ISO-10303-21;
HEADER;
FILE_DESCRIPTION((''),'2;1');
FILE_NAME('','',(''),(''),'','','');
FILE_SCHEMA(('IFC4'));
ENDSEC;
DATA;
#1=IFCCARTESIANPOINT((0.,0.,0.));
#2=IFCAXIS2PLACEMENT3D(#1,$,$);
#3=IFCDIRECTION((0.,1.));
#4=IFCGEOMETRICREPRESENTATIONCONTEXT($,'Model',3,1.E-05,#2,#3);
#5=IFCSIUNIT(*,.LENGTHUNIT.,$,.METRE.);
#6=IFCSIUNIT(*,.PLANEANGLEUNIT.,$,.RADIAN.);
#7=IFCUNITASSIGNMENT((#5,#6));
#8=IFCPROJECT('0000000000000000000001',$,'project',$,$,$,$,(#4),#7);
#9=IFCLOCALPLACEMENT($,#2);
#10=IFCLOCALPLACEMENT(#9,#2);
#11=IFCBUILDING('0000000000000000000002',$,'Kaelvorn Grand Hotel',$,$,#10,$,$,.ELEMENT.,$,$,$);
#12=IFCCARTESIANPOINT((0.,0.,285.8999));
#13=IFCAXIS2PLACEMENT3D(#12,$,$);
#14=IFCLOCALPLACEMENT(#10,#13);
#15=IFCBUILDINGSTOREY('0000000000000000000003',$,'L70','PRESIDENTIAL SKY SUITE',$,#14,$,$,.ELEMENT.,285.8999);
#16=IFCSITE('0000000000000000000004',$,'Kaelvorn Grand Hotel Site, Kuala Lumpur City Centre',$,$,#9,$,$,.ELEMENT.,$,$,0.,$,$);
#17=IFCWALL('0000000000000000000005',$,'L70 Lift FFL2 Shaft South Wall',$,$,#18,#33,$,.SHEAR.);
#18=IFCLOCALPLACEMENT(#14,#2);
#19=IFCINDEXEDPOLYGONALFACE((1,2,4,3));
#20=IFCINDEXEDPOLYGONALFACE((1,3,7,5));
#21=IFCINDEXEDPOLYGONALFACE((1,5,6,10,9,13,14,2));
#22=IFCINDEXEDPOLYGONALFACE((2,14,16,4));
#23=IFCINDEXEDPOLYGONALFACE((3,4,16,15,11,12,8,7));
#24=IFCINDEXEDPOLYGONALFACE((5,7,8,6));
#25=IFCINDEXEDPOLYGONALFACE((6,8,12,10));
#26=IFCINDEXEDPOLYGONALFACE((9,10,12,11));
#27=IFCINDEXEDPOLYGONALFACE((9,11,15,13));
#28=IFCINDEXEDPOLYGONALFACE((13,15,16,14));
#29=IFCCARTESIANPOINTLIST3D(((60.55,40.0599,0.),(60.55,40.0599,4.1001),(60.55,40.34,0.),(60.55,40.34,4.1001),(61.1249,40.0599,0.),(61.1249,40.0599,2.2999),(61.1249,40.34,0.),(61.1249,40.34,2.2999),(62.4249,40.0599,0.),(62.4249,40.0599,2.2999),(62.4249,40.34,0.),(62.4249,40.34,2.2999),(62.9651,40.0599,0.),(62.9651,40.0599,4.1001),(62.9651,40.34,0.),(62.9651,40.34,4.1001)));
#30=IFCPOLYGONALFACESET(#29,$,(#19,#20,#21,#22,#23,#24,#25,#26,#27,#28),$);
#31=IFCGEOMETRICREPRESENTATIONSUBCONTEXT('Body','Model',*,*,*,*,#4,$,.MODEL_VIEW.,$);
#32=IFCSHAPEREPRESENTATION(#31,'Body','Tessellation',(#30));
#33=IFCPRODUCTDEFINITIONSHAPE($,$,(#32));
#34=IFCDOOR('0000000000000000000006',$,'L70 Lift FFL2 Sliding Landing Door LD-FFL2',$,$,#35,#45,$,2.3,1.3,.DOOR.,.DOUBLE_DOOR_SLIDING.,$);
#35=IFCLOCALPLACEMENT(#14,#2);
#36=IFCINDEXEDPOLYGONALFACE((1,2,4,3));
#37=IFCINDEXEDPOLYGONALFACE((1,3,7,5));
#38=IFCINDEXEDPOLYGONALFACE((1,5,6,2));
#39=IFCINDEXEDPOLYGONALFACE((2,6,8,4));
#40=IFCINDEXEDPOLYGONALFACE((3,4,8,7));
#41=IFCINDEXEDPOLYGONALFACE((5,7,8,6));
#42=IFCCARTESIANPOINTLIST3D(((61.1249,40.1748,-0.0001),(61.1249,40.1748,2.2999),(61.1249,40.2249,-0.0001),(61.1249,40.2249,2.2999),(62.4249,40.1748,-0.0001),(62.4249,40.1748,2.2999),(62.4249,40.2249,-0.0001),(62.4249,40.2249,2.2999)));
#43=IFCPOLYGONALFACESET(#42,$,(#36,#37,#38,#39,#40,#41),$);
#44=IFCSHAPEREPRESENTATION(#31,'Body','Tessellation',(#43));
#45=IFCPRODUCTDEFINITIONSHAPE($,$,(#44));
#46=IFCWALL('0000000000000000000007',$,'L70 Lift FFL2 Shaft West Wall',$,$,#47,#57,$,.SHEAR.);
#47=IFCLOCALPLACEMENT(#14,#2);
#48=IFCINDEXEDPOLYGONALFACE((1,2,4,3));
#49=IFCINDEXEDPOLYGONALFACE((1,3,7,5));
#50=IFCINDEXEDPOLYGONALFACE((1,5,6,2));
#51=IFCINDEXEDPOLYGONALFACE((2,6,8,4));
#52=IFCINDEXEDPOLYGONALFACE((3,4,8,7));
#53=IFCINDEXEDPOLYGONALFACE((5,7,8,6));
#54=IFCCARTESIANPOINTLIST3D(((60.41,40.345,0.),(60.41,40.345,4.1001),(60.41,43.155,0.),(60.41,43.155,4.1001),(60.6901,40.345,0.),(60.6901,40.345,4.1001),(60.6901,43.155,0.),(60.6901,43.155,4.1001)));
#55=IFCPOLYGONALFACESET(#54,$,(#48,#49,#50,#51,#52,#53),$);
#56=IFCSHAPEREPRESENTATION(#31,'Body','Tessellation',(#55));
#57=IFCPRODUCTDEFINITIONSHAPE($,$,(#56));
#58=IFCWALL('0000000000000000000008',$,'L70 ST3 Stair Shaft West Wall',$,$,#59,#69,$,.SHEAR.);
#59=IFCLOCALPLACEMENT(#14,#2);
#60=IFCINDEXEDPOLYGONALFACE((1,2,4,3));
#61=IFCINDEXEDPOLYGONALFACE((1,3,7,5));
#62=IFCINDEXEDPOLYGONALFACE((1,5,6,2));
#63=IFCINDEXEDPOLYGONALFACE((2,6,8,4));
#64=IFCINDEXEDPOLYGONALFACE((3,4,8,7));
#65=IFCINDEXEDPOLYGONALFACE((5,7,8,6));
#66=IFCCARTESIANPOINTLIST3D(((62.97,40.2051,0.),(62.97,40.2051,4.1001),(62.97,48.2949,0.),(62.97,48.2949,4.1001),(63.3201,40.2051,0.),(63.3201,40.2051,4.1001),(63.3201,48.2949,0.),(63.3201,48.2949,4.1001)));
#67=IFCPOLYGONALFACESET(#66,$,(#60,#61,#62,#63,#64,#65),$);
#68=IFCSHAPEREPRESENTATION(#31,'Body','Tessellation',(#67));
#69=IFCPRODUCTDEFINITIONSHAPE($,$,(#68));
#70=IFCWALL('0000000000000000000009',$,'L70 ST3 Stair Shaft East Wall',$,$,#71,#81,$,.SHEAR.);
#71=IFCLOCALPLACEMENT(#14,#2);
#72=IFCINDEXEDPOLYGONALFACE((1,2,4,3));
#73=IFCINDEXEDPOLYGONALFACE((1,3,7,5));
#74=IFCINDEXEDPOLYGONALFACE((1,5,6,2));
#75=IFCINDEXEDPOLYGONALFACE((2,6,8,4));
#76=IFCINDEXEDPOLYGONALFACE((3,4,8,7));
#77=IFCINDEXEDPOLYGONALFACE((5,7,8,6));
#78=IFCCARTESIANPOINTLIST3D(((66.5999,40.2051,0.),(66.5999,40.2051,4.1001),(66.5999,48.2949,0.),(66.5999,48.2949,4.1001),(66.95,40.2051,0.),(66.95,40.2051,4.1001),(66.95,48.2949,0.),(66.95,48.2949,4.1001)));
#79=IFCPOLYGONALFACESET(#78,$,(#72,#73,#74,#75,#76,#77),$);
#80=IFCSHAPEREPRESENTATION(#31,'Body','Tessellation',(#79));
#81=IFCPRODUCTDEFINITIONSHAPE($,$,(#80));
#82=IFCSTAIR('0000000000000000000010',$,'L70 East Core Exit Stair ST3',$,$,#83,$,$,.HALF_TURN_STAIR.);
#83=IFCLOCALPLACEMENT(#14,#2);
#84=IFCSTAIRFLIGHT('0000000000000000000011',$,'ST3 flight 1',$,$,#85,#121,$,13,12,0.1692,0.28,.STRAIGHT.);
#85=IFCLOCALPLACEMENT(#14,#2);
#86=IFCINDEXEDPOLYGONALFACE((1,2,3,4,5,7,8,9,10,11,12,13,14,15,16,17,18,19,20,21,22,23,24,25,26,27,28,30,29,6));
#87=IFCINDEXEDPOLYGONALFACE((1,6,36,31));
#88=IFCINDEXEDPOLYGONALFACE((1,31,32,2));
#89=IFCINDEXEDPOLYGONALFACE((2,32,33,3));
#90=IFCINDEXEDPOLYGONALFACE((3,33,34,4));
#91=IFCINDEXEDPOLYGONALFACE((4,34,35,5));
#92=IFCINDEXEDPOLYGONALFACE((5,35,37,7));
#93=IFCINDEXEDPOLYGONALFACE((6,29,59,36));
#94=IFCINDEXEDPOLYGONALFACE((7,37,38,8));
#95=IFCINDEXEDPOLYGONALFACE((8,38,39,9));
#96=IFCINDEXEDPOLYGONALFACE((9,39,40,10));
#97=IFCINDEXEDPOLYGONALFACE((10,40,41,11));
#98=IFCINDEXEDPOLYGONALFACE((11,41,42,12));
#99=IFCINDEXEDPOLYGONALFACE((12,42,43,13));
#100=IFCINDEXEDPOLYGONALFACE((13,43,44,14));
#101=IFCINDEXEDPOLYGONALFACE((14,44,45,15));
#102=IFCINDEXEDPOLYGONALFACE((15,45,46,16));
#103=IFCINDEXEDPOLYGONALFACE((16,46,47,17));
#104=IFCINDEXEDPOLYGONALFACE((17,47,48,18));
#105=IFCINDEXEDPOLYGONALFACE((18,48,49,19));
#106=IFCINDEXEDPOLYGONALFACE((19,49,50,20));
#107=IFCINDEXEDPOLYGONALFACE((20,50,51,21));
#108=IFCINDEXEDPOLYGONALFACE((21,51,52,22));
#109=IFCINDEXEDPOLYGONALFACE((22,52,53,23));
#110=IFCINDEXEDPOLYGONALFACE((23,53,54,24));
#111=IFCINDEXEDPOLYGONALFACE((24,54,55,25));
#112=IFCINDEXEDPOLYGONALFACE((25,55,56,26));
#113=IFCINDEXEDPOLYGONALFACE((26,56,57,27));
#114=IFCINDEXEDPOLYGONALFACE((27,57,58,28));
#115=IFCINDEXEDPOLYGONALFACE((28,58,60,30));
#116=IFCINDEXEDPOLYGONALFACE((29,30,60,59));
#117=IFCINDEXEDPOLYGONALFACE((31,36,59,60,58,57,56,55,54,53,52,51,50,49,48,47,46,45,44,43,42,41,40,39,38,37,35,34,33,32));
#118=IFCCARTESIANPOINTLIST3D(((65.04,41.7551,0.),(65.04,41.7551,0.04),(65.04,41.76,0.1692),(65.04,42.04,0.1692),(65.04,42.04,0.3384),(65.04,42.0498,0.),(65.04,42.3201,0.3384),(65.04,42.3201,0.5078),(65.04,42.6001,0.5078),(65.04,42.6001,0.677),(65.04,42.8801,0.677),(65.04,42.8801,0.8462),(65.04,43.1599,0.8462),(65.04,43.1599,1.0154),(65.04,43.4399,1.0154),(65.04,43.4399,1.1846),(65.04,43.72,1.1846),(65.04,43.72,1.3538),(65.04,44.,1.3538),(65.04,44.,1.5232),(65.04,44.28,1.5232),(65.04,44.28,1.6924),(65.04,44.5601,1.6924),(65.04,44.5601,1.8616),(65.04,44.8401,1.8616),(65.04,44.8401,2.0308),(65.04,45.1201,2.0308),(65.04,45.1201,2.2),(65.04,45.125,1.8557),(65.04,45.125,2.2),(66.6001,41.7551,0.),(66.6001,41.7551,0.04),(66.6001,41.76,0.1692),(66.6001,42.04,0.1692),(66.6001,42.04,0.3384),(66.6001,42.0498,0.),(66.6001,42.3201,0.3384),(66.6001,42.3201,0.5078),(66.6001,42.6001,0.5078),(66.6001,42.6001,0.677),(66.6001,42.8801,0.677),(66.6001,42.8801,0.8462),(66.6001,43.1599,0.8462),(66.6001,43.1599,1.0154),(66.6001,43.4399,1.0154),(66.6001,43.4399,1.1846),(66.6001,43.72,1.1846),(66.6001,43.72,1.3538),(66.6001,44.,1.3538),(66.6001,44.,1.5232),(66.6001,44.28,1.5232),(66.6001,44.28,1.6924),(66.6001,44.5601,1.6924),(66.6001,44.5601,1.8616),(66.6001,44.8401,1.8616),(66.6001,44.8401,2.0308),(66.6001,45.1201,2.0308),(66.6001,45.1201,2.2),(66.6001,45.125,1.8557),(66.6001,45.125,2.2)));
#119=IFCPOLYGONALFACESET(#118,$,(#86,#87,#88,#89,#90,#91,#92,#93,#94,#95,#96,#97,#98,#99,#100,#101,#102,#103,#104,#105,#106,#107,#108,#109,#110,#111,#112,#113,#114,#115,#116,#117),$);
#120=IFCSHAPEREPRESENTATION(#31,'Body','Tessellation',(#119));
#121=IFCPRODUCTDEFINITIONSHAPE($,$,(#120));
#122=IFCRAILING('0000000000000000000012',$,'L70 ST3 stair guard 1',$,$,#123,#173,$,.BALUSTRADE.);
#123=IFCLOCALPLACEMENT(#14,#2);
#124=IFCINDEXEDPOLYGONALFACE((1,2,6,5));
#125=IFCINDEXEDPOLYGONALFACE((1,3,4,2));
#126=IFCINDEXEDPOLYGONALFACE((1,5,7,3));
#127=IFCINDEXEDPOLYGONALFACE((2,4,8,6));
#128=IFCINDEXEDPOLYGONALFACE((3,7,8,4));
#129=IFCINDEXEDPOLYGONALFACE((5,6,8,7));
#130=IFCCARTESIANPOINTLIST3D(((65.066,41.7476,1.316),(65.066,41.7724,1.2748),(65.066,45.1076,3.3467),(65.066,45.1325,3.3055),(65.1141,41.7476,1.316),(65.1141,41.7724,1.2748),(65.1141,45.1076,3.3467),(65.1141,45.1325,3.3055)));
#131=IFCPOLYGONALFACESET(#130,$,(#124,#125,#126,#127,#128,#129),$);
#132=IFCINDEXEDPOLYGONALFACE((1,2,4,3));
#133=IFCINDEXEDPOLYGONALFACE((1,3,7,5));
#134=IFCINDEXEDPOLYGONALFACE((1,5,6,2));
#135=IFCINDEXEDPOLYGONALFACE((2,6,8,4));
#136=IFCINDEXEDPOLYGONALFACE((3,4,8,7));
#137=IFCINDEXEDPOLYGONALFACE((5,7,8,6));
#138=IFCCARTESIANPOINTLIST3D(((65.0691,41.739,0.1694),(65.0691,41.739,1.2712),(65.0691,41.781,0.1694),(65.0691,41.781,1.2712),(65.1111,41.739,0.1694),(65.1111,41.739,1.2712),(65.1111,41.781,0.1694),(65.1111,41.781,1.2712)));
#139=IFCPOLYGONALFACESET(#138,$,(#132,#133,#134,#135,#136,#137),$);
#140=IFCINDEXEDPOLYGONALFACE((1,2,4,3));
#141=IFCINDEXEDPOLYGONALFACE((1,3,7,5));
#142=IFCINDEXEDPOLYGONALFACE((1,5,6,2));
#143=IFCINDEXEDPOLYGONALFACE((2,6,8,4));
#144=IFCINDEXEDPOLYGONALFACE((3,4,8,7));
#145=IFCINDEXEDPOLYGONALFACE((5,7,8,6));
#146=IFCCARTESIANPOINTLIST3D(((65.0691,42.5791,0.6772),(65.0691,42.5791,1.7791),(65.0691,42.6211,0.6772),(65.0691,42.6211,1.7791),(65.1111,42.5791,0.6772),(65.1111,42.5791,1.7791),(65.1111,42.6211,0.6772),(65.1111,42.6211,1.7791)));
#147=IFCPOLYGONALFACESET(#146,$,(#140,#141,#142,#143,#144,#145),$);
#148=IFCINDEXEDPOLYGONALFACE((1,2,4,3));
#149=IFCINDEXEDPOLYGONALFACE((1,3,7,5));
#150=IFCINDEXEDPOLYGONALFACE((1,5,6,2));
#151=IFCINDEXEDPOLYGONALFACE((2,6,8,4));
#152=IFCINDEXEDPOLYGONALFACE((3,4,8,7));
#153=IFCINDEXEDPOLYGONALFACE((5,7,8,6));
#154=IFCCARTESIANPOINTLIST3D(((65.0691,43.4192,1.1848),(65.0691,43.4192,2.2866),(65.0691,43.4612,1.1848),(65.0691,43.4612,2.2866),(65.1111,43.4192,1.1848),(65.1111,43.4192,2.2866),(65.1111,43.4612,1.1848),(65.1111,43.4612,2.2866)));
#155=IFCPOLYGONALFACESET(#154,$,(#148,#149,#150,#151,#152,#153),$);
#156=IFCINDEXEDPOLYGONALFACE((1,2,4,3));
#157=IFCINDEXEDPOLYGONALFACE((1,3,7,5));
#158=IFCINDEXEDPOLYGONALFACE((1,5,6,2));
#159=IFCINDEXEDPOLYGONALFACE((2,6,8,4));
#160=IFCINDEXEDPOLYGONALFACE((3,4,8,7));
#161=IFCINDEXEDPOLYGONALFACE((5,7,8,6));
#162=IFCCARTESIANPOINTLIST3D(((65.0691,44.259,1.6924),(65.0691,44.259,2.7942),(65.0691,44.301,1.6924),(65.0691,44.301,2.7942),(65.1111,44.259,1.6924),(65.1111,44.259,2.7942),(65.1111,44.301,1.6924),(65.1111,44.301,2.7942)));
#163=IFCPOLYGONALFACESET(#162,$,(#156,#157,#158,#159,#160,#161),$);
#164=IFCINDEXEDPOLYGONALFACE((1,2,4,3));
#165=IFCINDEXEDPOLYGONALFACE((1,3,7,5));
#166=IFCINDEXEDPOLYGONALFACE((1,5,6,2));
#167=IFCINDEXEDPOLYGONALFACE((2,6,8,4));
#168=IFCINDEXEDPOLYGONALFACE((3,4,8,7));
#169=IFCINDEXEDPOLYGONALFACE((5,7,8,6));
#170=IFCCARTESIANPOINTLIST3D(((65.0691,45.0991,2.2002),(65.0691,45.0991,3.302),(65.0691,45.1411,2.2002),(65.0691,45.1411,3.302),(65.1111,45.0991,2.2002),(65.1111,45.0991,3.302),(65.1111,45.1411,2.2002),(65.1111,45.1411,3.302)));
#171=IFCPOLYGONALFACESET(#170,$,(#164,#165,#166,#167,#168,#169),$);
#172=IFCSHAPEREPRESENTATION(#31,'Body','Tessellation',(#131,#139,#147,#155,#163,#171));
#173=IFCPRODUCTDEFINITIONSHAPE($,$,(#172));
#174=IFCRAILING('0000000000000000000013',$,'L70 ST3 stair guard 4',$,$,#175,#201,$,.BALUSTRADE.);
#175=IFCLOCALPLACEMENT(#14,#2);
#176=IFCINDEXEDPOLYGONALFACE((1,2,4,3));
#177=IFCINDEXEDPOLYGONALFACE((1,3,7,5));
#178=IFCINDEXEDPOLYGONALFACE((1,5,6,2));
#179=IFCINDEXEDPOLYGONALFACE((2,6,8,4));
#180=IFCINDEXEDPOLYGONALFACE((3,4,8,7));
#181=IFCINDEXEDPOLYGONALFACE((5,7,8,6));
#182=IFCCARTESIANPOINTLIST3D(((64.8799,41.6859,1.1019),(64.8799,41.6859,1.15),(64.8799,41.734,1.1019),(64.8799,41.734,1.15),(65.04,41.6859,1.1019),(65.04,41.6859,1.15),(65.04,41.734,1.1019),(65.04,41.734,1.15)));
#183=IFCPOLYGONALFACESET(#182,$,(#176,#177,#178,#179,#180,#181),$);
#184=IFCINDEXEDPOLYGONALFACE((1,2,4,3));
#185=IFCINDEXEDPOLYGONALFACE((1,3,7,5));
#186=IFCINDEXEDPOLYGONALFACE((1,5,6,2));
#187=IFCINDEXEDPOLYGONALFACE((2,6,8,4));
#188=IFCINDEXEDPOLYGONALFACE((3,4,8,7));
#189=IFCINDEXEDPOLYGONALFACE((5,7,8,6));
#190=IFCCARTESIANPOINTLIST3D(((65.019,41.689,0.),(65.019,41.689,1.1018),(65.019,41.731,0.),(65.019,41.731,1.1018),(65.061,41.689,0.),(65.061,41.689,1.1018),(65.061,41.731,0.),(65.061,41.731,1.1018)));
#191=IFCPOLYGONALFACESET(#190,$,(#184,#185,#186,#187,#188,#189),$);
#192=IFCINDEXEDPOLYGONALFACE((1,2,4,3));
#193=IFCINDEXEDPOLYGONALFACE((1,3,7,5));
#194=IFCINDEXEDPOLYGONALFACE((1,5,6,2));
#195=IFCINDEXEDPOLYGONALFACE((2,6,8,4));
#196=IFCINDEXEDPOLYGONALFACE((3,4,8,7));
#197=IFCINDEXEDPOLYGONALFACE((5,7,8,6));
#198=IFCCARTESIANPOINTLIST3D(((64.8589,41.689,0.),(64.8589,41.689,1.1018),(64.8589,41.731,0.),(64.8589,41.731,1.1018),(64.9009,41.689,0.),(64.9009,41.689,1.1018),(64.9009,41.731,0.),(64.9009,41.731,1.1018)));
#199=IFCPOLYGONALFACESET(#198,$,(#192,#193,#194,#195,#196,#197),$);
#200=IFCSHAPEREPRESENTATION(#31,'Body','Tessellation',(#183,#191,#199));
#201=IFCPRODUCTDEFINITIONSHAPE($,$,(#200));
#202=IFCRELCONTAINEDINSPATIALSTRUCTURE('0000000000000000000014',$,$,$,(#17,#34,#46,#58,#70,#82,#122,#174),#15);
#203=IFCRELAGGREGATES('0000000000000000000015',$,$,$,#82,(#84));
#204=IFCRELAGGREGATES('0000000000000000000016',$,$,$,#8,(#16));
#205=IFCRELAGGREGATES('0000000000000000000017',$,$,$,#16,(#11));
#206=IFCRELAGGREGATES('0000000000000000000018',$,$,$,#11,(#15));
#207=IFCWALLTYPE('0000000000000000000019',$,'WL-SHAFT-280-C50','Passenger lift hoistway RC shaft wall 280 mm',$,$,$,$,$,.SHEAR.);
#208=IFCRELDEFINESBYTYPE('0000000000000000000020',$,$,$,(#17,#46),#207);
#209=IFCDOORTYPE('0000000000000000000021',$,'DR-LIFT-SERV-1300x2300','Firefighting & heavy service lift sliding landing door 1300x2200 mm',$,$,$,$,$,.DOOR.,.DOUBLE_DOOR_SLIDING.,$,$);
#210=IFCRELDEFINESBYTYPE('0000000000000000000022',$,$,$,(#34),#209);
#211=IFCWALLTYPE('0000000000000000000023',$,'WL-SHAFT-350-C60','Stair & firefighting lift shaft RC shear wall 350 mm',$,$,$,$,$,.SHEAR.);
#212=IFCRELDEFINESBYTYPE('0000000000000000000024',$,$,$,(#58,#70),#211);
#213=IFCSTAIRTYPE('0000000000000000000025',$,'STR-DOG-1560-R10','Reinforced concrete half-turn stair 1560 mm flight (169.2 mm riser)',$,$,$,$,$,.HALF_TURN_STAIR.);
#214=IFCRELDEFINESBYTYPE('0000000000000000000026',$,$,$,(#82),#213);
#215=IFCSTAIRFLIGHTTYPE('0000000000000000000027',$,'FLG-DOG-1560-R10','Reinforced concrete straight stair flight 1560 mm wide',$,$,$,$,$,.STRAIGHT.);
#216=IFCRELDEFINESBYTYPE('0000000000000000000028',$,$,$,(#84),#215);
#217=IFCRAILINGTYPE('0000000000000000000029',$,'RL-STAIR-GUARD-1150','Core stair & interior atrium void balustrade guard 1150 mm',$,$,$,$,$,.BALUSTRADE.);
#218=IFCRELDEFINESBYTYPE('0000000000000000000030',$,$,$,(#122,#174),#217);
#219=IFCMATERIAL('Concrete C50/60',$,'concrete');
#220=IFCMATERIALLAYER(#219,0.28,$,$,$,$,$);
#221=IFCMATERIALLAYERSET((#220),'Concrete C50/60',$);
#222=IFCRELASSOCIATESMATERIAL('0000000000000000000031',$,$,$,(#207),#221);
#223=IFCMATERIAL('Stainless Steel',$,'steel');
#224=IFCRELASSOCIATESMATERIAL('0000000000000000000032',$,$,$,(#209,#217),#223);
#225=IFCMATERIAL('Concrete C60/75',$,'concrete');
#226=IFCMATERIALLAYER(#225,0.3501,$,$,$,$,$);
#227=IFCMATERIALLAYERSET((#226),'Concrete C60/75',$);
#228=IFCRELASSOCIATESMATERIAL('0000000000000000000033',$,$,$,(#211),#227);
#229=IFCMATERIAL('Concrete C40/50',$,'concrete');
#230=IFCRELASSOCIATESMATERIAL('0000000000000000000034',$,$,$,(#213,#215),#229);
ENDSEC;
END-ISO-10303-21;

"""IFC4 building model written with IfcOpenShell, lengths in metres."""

from ifc_helpers import new_model, si_unit, direction, frame, frame_2d, origin, origin_2d, place, context, subcontext, project, spatial, polyline, rectangle, outline, extrude, material, layer, layer_set, type_object, element, fill, aggregate, save


model = new_model("IFC4")

# Units and contexts
model_context = context("Model", 3, precision=1e-05, world=origin(), true_north=direction((0.0, 1.0)))
body_context = subcontext(model_context, "Body", "Model", "MODEL_VIEW")
ifc_project = project(units=[si_unit("LENGTHUNIT", "METRE"), si_unit("PLANEANGLEUNIT", "RADIAN")], contexts=[model_context])

# Site, building, storey
site_placement = place(None, origin())
site = spatial("IfcSite", under=ifc_project, at=site_placement, Name="Kaelvorn Grand Hotel Site, Kuala Lumpur City Centre", CompositionType="ELEMENT", RefElevation=0.0)
building_placement = place(site_placement, origin())
building = spatial("IfcBuilding", under=site, at=building_placement, Name="Kaelvorn Grand Hotel", CompositionType="ELEMENT")
storey_placement = place(building_placement, frame((0.0, 0.0, 285.8999)))
storey = spatial("IfcBuildingStorey", under=building, at=storey_placement, Name="L70", Description="PRESIDENTIAL SKY SUITE", CompositionType="ELEMENT", Elevation=285.8999)

# Shared definitions
ifc_material_1 = material(Name="Concrete C50/60", Category="concrete")

# Shared definitions
ifc_material_2 = material(Name="Concrete C60/75", Category="concrete")

# Shared definitions
ifc_material_3 = material(Name="Concrete C40/50", Category="concrete")

# Wall, opening, door
ifc_layer_1 = layer(ifc_material_1, 0.28)
ifc_layer_set_1 = layer_set([ifc_layer_1], Name="Concrete C50/60")
wall_type_1 = type_object("IfcWallType", Name="WL-SHAFT-280-C50", Description="Passenger lift hoistway RC shaft wall 280 mm", PredefinedType="SHEAR", material=ifc_layer_set_1)
wall_1_placement = place(storey_placement, frame((60.55, 40.2, 0.0), z_axis=(0.0, 0.0, 1.0), x_axis=(1.0, 0.0, 0.0)))
wall_1 = element("IfcWall", 1, at=wall_1_placement, inside=storey, type_object=wall_type_1, Name="L70 Lift FFL2 Shaft South Wall", PredefinedType="SHEAR", context=body_context, shape_type="SweptSolid", body=[
    extrude(rectangle(XDim=2.415, YDim=0.28, at=frame_2d((1.2075, 0.0))), origin(), (0.0, 0.0, 1.0), 4.1001),
])
opening_1_placement = place(wall_1_placement, frame((0.575, 0.0, 0.0)))
opening_1 = element("IfcOpeningElement", 2, at=opening_1_placement, cuts=wall_1, PredefinedType="OPENING", context=body_context, shape_type="SweptSolid", body=[
    extrude(rectangle(XDim=1.3, YDim=2.3, at=frame_2d((0.6499, 1.1499))), frame((0.0, 0.1499, 0.0), z_axis=(0.0, -1.0, 0.0), x_axis=(1.0, 0.0, 0.0)), (0.0, 0.0, 1.0), 0.3),
])
ifc_material_4 = material(Name="Stainless Steel", Category="steel")
door_type_1 = type_object("IfcDoorType", Name="DR-LIFT-SERV-1300x2300", Description="Firefighting & heavy service lift sliding landing door 1300x2200 mm", OperationType="DOUBLE_DOOR_SLIDING", PredefinedType="DOOR", material=ifc_material_4)
door_1_placement = place(opening_1_placement, origin())
door_1 = element("IfcDoor", 3, at=door_1_placement, inside=storey, type_object=door_type_1, Name="L70 Lift FFL2 Sliding Landing Door LD-FFL2", OperationType="DOUBLE_DOOR_SLIDING", OverallHeight=2.3, OverallWidth=1.3, PredefinedType="DOOR", context=body_context, shape_type="SweptSolid", body=[
    extrude(rectangle(XDim=1.3, YDim=2.3, at=frame_2d((0.6499, 1.1499))), frame((0.0, 0.0249, 0.0), z_axis=(0.0, -1.0, 0.0), x_axis=(1.0, 0.0, 0.0)), (0.0, 0.0, 1.0), 0.05),
])
fill(opening_1, door_1)

# Wall
wall_2_placement = place(storey_placement, frame((60.55, 40.345, 0.0), z_axis=(0.0, 0.0, 1.0), x_axis=(0.0, 1.0, 0.0)))
element("IfcWall", 4, at=wall_2_placement, inside=storey, type_object=wall_type_1, Name="L70 Lift FFL2 Shaft West Wall", PredefinedType="SHEAR", context=body_context, shape_type="SweptSolid", body=[
    extrude(rectangle(XDim=2.8101, YDim=0.28, at=frame_2d((1.405, 0.0))), origin(), (0.0, 0.0, 1.0), 4.1001),
])

# Shared definitions
ifc_layer_2 = layer(ifc_material_2, 0.3501)
ifc_layer_set_2 = layer_set([ifc_layer_2], Name="Concrete C60/75")
wall_type_2 = type_object("IfcWallType", Name="WL-SHAFT-350-C60", Description="Stair & firefighting lift shaft RC shear wall 350 mm", PredefinedType="SHEAR", material=ifc_layer_set_2)

# Walls
for number, where, z_axis, x_axis, name in (
    (5, (63.145, 40.2051, 0.0), (0.0, 0.0, 1.0), (0.0, 1.0, 0.0), "L70 ST3 Stair Shaft West Wall"),
    (6, (66.7749, 40.2051, 0.0), (0.0, 0.0, 1.0), (0.0, 1.0, 0.0), "L70 ST3 Stair Shaft East Wall"),
):
    element("IfcWall", number, at=place(storey_placement, frame(where, z_axis=z_axis, x_axis=x_axis)), inside=storey, type_object=wall_type_2, Name=name, PredefinedType="SHEAR", context=body_context, shape_type="SweptSolid", body=[
        extrude(rectangle(XDim=8.0898, YDim=0.3501, at=frame_2d((4.0449, 0.0))), origin(), (0.0, 0.0, 1.0), 4.1001),
    ])

# Stair, stair flight
stair_type = type_object("IfcStairType", Name="STR-DOG-1560-R10", Description="Reinforced concrete half-turn stair 1560 mm flight (169.2 mm riser)", PredefinedType="HALF_TURN_STAIR", material=ifc_material_3)
stair_placement = place(storey_placement, origin())
stair = element("IfcStair", 7, at=stair_placement, inside=storey, type_object=stair_type, Name="L70 East Core Exit Stair ST3", PredefinedType="HALF_TURN_STAIR")
stair_flight_type = type_object("IfcStairFlightType", Name="FLG-DOG-1560-R10", Description="Reinforced concrete straight stair flight 1560 mm wide", PredefinedType="STRAIGHT", material=ifc_material_3)
stair_flight_placement = place(storey_placement, frame((65.8201, 41.76, 0.0), z_axis=(0.0, 0.0, 1.0), x_axis=(0.0, 1.0, 0.0)))
stair_flight = element("IfcStairFlight", 8, at=stair_flight_placement, type_object=stair_flight_type, Name="ST3 flight 1", NumberOfRisers=13, NumberOfTreads=12, PredefinedType="STRAIGHT", RiserHeight=0.1692, TreadLength=0.28, context=body_context, shape_type="SweptSolid", body=[
    extrude(outline(polyline([(-0.0049, 0.0), (-0.0049, 0.04), (0.0, 0.1692), (0.28, 0.1692), (0.28, 0.3384), (0.5601, 0.3384), (0.5601, 0.5078), (0.8401, 0.5078), (0.8401, 0.677), (1.1201, 0.677), (1.1201, 0.8462), (1.3999, 0.8462), (1.3999, 1.0154), (1.6799, 1.0154), (1.6799, 1.1846), (1.96, 1.1846), (1.96, 1.3538), (2.24, 1.3538), (2.24, 1.5232), (2.52, 1.5232), (2.52, 1.6924), (2.8, 1.6924), (2.8, 1.8616), (3.0801, 1.8616), (3.0801, 2.0308), (3.3601, 2.0308), (3.3601, 2.2), (3.365, 2.2), (3.365, 1.8557), (0.2898, 0.0), (-0.0049, 0.0)])), frame((0.0, 0.78, 0.0), z_axis=(0.0, -1.0, 0.0), x_axis=(1.0, 0.0, 0.0)), (0.0, 0.0, 1.0), 1.5601),
])
aggregate(stair, [stair_flight])

# Railings
railing_type = type_object("IfcRailingType", Name="RL-STAIR-GUARD-1150", Description="Core stair & interior atrium void balustrade guard 1150 mm", PredefinedType="BALUSTRADE", material=ifc_material_4)
railing_1_placement = place(storey_placement, frame((65.0901, 41.76, 0.1694)))
element("IfcRailing", 9, at=railing_1_placement, inside=storey, type_object=railing_type, Name="L70 ST3 stair guard 1", PredefinedType="BALUSTRADE", context=body_context, shape_type="SweptSolid", body=[
    extrude(rectangle(XDim=0.0481, YDim=0.0481, at=origin_2d()), frame((0.0, 0.0, 1.126), z_axis=(0.0, 0.855837, 0.517246), x_axis=(-1.0, 0.0, 0.0)), (0.0, 0.0, 1.0), 3.926),
    extrude(rectangle(XDim=0.042, YDim=0.042, at=origin_2d()), origin(), (0.0, 0.0, 1.0), 1.1018),
    extrude(rectangle(XDim=0.042, YDim=0.042, at=origin_2d()), frame((0.0, 0.8401, 0.5078)), (0.0, 0.0, 1.0), 1.1018),
    extrude(rectangle(XDim=0.042, YDim=0.042, at=origin_2d()), frame((0.0, 1.6802, 1.0154)), (0.0, 0.0, 1.0), 1.1018),
    extrude(rectangle(XDim=0.042, YDim=0.042, at=origin_2d()), frame((0.0, 2.52, 1.5229)), (0.0, 0.0, 1.0), 1.1018),
    extrude(rectangle(XDim=0.042, YDim=0.042, at=origin_2d()), frame((0.0, 3.3601, 2.0308)), (0.0, 0.0, 1.0), 1.1018),
])
railing_2_placement = place(storey_placement, frame((65.04, 41.71, 0.0)))
element("IfcRailing", 10, at=railing_2_placement, inside=storey, type_object=railing_type, Name="L70 ST3 stair guard 4", PredefinedType="BALUSTRADE", context=body_context, shape_type="SweptSolid", body=[
    extrude(rectangle(XDim=0.0481, YDim=0.0481, at=origin_2d()), frame((0.0, 0.0, 1.126), z_axis=(-1.0, 0.0, 0.0), x_axis=(0.0, -1.0, 0.0)), (0.0, 0.0, 1.0), 0.1602),
    extrude(rectangle(XDim=0.042, YDim=0.042, at=origin_2d()), origin(), (0.0, 0.0, 1.0), 1.1018),
    extrude(rectangle(XDim=0.042, YDim=0.042, at=origin_2d()), frame((-0.1602, 0.0, 0.0)), (0.0, 0.0, 1.0), 1.1018),
])

save(model, "model.ifc")
